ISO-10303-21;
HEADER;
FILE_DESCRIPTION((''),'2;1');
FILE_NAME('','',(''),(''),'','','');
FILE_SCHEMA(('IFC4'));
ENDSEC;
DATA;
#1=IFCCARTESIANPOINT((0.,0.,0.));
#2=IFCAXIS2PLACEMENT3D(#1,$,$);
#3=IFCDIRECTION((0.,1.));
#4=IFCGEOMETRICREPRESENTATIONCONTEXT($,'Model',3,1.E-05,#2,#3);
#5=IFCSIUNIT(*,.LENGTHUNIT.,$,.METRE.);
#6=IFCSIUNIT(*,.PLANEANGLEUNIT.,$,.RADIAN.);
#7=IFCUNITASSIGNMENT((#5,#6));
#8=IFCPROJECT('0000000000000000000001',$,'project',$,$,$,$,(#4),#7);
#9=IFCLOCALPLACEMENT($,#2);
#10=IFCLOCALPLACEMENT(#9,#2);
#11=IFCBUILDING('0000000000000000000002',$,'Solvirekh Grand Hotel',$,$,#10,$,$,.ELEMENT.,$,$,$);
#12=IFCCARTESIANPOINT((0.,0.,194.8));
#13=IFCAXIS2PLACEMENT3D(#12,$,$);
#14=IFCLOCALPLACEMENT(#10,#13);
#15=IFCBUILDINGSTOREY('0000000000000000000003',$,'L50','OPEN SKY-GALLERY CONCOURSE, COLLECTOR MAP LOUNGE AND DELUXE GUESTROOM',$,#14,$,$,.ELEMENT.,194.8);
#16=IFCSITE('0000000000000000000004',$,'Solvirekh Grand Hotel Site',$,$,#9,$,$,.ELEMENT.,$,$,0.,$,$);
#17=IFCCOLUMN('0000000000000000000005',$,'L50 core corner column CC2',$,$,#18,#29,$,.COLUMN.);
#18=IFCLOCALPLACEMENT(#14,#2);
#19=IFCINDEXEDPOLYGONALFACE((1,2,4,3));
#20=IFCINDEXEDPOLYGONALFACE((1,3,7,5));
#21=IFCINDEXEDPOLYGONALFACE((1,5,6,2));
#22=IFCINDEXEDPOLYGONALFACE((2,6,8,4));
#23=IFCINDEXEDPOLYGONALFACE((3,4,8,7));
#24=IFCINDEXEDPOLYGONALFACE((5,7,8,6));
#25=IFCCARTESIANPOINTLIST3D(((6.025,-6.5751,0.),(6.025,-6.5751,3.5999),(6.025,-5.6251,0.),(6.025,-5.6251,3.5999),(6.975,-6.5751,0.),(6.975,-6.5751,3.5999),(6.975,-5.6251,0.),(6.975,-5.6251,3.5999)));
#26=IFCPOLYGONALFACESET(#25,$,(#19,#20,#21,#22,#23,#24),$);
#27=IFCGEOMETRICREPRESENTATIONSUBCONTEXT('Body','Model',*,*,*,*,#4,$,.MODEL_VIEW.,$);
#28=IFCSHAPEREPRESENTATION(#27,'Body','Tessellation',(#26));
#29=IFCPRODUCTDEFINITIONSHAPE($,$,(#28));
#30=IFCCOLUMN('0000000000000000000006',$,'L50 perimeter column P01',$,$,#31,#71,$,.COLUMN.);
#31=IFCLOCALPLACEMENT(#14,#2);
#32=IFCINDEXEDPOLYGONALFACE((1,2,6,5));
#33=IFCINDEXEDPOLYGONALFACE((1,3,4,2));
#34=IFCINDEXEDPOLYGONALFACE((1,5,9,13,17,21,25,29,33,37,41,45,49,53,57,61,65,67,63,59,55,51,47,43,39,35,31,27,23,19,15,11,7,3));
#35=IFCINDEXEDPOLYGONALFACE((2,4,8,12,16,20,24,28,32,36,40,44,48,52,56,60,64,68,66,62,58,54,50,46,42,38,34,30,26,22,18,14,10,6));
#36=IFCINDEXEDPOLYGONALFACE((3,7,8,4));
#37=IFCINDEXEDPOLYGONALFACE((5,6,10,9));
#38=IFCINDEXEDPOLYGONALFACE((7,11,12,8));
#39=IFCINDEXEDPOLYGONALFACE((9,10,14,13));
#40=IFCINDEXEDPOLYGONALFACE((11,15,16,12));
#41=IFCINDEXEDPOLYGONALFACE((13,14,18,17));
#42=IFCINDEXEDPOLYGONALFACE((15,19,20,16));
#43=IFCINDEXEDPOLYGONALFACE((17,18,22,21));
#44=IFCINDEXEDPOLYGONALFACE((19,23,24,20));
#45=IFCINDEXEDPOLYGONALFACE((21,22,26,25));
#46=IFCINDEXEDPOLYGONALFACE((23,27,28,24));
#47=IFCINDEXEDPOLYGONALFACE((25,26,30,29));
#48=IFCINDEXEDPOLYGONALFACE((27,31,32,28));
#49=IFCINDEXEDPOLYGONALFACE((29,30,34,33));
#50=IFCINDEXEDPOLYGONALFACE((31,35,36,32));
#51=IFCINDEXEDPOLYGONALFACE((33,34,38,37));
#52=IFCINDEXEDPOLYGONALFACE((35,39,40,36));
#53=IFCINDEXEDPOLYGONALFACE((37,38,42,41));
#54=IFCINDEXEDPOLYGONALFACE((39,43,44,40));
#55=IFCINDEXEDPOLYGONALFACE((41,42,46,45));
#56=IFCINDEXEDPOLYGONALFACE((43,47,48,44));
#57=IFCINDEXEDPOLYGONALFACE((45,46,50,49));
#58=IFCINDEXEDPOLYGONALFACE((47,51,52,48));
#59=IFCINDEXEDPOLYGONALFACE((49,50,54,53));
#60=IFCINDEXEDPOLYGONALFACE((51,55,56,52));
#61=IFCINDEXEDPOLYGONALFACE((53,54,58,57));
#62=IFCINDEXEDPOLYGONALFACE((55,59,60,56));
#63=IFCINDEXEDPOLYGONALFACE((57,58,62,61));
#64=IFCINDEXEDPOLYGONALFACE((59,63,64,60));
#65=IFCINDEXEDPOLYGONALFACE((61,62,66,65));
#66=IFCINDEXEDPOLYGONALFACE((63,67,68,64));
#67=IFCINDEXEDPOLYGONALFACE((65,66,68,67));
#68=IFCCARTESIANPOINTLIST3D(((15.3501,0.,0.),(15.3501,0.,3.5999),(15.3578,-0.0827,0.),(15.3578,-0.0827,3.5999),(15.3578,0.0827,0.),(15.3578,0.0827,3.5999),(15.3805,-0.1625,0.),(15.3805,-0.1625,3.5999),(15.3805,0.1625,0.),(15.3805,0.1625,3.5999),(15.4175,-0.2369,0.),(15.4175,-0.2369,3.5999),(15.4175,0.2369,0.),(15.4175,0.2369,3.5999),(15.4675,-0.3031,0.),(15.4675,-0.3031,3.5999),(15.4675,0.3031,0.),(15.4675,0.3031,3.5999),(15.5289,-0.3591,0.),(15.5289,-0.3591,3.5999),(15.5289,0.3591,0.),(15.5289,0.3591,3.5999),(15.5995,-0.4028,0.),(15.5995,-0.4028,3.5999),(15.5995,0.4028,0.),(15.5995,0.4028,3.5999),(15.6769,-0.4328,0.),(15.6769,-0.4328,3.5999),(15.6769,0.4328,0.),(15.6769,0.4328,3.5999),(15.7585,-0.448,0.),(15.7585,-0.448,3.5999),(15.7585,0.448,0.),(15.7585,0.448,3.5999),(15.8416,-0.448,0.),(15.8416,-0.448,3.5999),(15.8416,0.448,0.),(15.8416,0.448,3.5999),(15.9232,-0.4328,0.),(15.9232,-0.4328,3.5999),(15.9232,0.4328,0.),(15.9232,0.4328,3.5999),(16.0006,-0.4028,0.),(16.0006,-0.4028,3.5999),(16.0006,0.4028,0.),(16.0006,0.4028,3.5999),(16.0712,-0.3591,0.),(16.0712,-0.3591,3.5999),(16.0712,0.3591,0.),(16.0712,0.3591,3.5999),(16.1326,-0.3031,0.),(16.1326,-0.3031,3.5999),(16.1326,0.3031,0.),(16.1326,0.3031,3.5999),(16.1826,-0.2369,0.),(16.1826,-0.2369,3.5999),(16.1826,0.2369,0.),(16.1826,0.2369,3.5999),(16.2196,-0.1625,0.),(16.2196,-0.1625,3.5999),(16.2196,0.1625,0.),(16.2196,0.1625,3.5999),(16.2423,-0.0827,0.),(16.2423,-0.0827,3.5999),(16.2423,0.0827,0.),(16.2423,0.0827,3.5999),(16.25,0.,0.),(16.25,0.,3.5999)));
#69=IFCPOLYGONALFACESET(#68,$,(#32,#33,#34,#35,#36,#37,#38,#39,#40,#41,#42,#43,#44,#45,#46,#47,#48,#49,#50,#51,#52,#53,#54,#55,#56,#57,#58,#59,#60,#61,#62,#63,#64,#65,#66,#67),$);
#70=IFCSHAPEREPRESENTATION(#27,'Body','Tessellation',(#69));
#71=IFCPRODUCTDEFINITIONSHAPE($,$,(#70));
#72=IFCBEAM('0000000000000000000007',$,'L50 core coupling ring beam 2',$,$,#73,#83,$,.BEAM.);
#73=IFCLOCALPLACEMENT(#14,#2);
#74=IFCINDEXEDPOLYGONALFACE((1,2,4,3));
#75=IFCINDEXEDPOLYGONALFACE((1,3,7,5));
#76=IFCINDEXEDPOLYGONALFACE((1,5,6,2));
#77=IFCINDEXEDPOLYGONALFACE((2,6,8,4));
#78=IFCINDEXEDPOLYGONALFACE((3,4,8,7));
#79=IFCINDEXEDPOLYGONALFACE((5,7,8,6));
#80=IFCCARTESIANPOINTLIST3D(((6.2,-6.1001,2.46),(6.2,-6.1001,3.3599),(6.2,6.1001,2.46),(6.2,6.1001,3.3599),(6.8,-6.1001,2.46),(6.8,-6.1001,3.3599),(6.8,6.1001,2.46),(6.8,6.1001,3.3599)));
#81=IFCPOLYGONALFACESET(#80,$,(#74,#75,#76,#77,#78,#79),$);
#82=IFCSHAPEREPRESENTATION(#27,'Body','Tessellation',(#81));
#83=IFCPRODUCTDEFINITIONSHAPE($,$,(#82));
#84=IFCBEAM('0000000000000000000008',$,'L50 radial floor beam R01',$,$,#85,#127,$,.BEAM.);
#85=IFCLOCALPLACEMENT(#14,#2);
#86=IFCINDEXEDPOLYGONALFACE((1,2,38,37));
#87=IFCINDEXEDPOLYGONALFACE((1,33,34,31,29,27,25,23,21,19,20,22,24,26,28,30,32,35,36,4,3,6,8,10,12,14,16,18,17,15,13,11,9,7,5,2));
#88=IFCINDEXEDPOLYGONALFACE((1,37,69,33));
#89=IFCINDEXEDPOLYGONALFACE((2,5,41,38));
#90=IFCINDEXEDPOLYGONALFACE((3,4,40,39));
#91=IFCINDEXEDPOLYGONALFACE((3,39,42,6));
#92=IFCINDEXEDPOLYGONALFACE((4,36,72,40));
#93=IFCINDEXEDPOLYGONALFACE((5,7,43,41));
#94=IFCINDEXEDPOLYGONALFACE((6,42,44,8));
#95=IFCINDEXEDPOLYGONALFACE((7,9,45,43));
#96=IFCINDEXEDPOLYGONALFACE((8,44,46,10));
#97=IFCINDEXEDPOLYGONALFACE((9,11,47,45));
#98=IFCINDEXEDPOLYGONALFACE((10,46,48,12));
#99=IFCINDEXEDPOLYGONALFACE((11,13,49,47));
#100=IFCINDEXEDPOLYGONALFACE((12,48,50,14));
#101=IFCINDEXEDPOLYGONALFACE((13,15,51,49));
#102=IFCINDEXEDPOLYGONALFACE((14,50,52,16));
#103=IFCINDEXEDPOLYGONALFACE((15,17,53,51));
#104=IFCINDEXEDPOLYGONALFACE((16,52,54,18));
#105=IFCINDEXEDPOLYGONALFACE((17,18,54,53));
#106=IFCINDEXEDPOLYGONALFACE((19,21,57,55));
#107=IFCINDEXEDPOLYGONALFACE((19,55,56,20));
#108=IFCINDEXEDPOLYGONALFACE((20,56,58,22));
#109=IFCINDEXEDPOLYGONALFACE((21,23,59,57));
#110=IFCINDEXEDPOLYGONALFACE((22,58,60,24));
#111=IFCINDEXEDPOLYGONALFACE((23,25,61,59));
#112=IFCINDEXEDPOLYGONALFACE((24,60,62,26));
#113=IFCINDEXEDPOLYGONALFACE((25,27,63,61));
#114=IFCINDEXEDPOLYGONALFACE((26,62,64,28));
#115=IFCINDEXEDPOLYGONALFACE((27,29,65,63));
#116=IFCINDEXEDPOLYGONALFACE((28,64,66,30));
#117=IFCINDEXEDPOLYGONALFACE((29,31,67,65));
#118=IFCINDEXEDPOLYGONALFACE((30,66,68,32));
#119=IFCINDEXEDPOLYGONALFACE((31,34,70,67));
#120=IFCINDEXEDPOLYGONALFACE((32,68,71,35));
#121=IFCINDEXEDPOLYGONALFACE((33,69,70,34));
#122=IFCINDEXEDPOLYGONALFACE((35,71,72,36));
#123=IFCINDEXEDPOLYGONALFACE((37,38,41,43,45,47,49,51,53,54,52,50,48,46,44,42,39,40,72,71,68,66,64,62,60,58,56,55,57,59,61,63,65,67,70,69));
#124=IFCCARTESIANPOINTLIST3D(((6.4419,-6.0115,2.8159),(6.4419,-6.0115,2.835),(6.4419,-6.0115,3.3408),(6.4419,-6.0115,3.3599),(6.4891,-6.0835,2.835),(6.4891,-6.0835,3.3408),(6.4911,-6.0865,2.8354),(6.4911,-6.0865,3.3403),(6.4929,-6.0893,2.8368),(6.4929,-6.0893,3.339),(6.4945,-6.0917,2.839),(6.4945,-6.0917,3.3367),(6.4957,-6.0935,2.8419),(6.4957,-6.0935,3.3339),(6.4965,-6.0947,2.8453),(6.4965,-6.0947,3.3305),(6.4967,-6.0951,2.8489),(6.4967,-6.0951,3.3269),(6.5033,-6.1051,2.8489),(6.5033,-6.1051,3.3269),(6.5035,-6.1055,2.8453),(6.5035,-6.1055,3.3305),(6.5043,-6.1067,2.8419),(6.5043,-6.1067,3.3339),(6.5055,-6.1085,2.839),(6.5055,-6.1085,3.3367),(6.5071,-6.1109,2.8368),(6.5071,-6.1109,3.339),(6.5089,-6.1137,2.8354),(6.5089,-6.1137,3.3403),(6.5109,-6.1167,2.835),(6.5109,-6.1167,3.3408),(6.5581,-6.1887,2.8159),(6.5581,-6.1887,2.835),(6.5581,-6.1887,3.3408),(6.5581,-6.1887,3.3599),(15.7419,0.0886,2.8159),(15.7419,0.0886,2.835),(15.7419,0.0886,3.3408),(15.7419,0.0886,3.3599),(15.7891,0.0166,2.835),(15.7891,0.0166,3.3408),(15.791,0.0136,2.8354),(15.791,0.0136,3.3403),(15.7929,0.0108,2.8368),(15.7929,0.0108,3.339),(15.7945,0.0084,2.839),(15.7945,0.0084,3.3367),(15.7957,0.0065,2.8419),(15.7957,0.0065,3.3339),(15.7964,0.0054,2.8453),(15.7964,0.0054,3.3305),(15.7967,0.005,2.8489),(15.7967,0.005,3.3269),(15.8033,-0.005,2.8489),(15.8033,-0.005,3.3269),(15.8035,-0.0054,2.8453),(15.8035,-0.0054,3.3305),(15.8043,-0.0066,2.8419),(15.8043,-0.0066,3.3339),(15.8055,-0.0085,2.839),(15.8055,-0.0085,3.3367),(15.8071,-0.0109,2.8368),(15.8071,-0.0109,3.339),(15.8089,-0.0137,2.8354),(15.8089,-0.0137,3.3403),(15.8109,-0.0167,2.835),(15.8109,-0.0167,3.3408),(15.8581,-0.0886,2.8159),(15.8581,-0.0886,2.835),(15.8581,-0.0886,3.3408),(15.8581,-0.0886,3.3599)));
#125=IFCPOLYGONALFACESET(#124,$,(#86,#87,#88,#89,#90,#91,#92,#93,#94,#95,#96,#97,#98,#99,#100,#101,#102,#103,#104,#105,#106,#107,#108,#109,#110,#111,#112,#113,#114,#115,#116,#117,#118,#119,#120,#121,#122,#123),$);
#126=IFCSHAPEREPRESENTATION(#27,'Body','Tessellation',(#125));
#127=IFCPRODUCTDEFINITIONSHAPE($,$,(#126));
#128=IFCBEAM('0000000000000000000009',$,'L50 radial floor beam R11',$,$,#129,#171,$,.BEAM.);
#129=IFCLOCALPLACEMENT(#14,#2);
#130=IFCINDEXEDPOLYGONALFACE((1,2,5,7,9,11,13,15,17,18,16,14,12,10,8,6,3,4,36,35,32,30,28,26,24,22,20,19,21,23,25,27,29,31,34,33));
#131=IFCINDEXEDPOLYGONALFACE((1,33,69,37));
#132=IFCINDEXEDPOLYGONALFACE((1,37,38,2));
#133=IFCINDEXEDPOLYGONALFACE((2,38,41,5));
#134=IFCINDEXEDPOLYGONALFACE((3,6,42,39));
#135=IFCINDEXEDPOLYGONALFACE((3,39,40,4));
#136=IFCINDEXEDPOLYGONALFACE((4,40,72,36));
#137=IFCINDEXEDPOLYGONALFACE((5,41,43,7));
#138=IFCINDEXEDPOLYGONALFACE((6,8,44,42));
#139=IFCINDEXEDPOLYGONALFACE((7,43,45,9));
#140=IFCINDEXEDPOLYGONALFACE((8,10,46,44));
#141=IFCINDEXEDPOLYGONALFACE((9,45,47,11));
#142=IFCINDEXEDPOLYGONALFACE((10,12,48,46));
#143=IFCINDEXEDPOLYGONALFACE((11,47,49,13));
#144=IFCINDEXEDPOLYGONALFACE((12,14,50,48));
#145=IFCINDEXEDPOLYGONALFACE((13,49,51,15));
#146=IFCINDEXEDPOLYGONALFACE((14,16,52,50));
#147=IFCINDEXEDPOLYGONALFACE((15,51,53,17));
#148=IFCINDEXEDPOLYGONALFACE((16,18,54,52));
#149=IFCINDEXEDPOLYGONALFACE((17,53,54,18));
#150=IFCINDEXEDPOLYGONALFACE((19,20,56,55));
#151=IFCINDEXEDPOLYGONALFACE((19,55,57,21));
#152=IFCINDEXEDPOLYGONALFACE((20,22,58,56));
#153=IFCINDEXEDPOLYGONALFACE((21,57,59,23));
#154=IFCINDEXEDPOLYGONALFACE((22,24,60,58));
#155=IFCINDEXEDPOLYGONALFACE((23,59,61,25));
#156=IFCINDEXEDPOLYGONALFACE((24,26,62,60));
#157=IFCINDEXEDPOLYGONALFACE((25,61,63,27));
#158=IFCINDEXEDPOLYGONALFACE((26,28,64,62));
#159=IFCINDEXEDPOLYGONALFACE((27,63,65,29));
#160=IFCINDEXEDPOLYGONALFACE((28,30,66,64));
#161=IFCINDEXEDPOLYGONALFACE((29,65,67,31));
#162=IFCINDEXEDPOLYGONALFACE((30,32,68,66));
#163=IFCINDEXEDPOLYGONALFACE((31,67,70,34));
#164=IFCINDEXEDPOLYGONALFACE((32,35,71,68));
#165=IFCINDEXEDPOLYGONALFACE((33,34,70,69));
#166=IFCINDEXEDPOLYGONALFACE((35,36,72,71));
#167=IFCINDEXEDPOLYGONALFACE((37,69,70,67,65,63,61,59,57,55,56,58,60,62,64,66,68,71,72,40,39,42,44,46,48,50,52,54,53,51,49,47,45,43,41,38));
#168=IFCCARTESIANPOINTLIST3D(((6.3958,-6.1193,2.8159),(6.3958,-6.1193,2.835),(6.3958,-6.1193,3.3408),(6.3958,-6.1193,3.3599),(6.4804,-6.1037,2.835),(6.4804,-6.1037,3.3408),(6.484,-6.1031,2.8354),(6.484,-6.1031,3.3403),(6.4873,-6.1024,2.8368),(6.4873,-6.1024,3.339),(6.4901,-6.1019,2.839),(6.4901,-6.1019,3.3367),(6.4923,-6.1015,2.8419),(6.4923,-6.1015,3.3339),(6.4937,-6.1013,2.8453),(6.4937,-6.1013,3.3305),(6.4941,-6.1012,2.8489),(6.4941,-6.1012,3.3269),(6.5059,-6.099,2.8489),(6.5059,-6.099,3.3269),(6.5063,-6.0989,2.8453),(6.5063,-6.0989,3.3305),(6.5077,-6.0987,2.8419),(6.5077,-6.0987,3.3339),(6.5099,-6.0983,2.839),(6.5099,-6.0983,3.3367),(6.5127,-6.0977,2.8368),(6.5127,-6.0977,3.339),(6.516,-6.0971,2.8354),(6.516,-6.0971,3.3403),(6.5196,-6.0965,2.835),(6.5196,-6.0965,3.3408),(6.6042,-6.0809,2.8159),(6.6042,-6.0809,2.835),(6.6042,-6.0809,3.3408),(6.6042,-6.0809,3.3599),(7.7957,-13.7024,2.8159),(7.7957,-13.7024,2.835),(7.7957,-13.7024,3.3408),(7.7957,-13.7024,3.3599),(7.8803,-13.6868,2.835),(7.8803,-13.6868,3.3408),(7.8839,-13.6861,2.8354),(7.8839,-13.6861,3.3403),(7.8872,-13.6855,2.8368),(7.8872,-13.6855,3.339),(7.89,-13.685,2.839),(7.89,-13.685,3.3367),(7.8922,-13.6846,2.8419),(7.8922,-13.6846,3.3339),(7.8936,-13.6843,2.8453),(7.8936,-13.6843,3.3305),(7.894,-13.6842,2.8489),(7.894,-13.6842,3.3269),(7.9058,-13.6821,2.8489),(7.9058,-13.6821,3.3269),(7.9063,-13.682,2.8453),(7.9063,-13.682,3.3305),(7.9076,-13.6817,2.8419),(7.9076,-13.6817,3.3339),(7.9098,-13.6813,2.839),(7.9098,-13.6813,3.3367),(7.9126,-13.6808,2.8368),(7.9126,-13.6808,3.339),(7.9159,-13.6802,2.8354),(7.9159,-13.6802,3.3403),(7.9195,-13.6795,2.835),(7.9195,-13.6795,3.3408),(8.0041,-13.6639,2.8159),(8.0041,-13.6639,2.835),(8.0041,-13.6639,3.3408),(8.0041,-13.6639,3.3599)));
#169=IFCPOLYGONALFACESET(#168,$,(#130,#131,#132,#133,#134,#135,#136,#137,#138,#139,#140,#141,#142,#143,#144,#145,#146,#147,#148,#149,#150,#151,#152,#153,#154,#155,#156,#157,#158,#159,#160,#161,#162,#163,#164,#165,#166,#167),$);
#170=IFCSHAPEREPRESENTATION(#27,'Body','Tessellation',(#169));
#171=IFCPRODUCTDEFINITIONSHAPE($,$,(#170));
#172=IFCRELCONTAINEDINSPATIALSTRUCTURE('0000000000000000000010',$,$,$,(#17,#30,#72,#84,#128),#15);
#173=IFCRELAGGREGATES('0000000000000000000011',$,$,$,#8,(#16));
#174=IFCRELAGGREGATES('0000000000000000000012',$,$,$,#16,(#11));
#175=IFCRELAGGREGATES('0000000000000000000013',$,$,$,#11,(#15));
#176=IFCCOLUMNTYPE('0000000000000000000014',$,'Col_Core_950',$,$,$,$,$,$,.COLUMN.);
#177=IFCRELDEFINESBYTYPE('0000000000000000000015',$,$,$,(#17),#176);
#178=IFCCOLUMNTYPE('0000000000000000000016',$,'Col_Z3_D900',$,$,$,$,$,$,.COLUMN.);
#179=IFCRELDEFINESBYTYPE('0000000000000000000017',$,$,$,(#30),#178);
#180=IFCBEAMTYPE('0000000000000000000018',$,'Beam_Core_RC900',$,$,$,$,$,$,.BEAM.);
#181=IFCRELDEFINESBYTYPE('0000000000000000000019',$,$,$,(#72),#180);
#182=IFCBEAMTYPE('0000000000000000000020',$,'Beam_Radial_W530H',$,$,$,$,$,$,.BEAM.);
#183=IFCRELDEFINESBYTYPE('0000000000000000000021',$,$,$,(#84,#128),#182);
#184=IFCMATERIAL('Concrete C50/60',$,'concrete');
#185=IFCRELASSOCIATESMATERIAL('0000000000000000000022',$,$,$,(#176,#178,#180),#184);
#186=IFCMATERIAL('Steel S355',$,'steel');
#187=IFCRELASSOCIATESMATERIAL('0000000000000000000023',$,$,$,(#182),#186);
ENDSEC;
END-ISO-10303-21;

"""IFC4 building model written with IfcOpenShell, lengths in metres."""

from ifc_helpers import new_model, si_unit, direction, frame, origin, origin_2d, place, context, subcontext, project, spatial, rectangle, circle, i_section, extrude, material, material_profile, profile_set, type_object, element, save


model = new_model("IFC4")

# Units and contexts
model_context = context("Model", 3, precision=1e-05, world=origin(), true_north=direction((0.0, 1.0)))
body_context = subcontext(model_context, "Body", "Model", "MODEL_VIEW")
ifc_project = project(units=[si_unit("LENGTHUNIT", "METRE"), si_unit("PLANEANGLEUNIT", "RADIAN")], contexts=[model_context])

# Site, building, storey
site_placement = place(None, origin())
site = spatial("IfcSite", under=ifc_project, at=site_placement, Name="Solvirekh Grand Hotel Site", CompositionType="ELEMENT", RefElevation=0.0)
building_placement = place(site_placement, origin())
building = spatial("IfcBuilding", under=site, at=building_placement, Name="Solvirekh Grand Hotel", CompositionType="ELEMENT")
storey_placement = place(building_placement, frame((0.0, 0.0, 194.8)))
storey = spatial("IfcBuildingStorey", under=building, at=storey_placement, Name="L50", Description="OPEN SKY-GALLERY CONCOURSE, COLLECTOR MAP LOUNGE AND DELUXE GUESTROOM", CompositionType="ELEMENT", Elevation=194.8)

# Columns
ifc_material_1 = material(Name="Concrete C50/60", Category="concrete")
ifc_material_profile_1 = material_profile(ifc_material_1, rectangle(XDim=0.95, YDim=0.95, at=origin_2d()), Name="RC 950X950")
ifc_profile_set_1 = profile_set([ifc_material_profile_1], Name="Concrete C50/60")
column_type_1 = type_object("IfcColumnType", Name="Col_Core_950", PredefinedType="COLUMN", material=ifc_profile_set_1)
column_1_placement = place(storey_placement, frame((6.5, -6.1001, 0.0), z_axis=(0.0, 0.0, 1.0), x_axis=(1.0, 0.0, 0.0)))
element("IfcColumn", 1, at=column_1_placement, inside=storey, type_object=column_type_1, Name="L50 core corner column CC2", PredefinedType="COLUMN", context=body_context, shape_type="SweptSolid", body=[
    extrude(rectangle(XDim=0.95, YDim=0.95, at=origin_2d()), origin(), (0.0, 0.0, 1.0), 3.5999),
])
ifc_material_profile_2 = material_profile(ifc_material_1, circle(Radius=0.45, at=origin_2d()), Name="RC CIRC D900")
ifc_profile_set_2 = profile_set([ifc_material_profile_2], Name="Concrete C50/60")
column_type_2 = type_object("IfcColumnType", Name="Col_Z3_D900", PredefinedType="COLUMN", material=ifc_profile_set_2)
column_2_placement = place(storey_placement, frame((15.8, 0.0, 0.0), z_axis=(0.0, 0.0, 1.0), x_axis=(1.0, 0.0, 0.0)))
element("IfcColumn", 2, at=column_2_placement, inside=storey, type_object=column_type_2, Name="L50 perimeter column P01", PredefinedType="COLUMN", context=body_context, shape_type="SweptSolid", body=[
    extrude(circle(Radius=0.45, at=origin_2d()), origin(), (0.0, 0.0, 1.0), 3.5999),
])

# Beams
ifc_material_profile_3 = material_profile(ifc_material_1, rectangle(XDim=0.6001, YDim=0.8999, at=origin_2d()), Name="RC BEAM 600X900")
ifc_profile_set_3 = profile_set([ifc_material_profile_3], Name="Concrete C50/60")
beam_type_1 = type_object("IfcBeamType", Name="Beam_Core_RC900", PredefinedType="BEAM", material=ifc_profile_set_3)
beam_1_placement = place(storey_placement, frame((6.5, -6.1001, 2.9099), z_axis=(0.0, 1.0, 0.0), x_axis=(-1.0, 0.0, 0.0)))
element("IfcBeam", 3, at=beam_1_placement, inside=storey, type_object=beam_type_1, Name="L50 core coupling ring beam 2", PredefinedType="BEAM", context=body_context, shape_type="SweptSolid", body=[
    extrude(rectangle(XDim=0.6001, YDim=0.8999, at=origin_2d()), origin(), (0.0, 0.0, 1.0), 12.2002),
])
ifc_material_2 = material(Name="Steel S355", Category="steel")
ifc_material_profile_4 = material_profile(ifc_material_2, i_section(OverallWidth=0.2119, OverallDepth=0.5439, WebThickness=0.012, FlangeThickness=0.019, FilletRadius=0.0139, at=origin_2d()), Name="W530X123")
ifc_profile_set_4 = profile_set([ifc_material_profile_4], Name="Steel S355")
beam_type_2 = type_object("IfcBeamType", Name="Beam_Radial_W530H", PredefinedType="BEAM", material=ifc_profile_set_4)
beam_2_placement = place(storey_placement, frame((6.5, -6.1001, 3.0879), z_axis=(0.836174, 0.548464, 0.0), x_axis=(-0.548464, 0.836174, 0.0)))
element("IfcBeam", 4, at=beam_2_placement, inside=storey, type_object=beam_type_2, Name="L50 radial floor beam R01", PredefinedType="BEAM", context=body_context, shape_type="SweptSolid", body=[
    extrude(i_section(OverallWidth=0.2119, OverallDepth=0.5439, WebThickness=0.012, FlangeThickness=0.019, FilletRadius=0.0139, at=origin_2d()), origin(), (0.0, 0.0, 1.0), 11.1221),
])
beam_3_placement = place(storey_placement, frame((6.5, -6.1001, 3.0879), z_axis=(0.181543, -0.983383, 0.0), x_axis=(0.983383, 0.181543, 0.0)))
element("IfcBeam", 5, at=beam_3_placement, inside=storey, type_object=beam_type_2, Name="L50 radial floor beam R11", PredefinedType="BEAM", context=body_context, shape_type="SweptSolid", body=[
    extrude(i_section(OverallWidth=0.2119, OverallDepth=0.5439, WebThickness=0.012, FlangeThickness=0.019, FilletRadius=0.0139, at=origin_2d()), origin(), (0.0, 0.0, 1.0), 7.7112),
])

save(model, "model.ifc")
